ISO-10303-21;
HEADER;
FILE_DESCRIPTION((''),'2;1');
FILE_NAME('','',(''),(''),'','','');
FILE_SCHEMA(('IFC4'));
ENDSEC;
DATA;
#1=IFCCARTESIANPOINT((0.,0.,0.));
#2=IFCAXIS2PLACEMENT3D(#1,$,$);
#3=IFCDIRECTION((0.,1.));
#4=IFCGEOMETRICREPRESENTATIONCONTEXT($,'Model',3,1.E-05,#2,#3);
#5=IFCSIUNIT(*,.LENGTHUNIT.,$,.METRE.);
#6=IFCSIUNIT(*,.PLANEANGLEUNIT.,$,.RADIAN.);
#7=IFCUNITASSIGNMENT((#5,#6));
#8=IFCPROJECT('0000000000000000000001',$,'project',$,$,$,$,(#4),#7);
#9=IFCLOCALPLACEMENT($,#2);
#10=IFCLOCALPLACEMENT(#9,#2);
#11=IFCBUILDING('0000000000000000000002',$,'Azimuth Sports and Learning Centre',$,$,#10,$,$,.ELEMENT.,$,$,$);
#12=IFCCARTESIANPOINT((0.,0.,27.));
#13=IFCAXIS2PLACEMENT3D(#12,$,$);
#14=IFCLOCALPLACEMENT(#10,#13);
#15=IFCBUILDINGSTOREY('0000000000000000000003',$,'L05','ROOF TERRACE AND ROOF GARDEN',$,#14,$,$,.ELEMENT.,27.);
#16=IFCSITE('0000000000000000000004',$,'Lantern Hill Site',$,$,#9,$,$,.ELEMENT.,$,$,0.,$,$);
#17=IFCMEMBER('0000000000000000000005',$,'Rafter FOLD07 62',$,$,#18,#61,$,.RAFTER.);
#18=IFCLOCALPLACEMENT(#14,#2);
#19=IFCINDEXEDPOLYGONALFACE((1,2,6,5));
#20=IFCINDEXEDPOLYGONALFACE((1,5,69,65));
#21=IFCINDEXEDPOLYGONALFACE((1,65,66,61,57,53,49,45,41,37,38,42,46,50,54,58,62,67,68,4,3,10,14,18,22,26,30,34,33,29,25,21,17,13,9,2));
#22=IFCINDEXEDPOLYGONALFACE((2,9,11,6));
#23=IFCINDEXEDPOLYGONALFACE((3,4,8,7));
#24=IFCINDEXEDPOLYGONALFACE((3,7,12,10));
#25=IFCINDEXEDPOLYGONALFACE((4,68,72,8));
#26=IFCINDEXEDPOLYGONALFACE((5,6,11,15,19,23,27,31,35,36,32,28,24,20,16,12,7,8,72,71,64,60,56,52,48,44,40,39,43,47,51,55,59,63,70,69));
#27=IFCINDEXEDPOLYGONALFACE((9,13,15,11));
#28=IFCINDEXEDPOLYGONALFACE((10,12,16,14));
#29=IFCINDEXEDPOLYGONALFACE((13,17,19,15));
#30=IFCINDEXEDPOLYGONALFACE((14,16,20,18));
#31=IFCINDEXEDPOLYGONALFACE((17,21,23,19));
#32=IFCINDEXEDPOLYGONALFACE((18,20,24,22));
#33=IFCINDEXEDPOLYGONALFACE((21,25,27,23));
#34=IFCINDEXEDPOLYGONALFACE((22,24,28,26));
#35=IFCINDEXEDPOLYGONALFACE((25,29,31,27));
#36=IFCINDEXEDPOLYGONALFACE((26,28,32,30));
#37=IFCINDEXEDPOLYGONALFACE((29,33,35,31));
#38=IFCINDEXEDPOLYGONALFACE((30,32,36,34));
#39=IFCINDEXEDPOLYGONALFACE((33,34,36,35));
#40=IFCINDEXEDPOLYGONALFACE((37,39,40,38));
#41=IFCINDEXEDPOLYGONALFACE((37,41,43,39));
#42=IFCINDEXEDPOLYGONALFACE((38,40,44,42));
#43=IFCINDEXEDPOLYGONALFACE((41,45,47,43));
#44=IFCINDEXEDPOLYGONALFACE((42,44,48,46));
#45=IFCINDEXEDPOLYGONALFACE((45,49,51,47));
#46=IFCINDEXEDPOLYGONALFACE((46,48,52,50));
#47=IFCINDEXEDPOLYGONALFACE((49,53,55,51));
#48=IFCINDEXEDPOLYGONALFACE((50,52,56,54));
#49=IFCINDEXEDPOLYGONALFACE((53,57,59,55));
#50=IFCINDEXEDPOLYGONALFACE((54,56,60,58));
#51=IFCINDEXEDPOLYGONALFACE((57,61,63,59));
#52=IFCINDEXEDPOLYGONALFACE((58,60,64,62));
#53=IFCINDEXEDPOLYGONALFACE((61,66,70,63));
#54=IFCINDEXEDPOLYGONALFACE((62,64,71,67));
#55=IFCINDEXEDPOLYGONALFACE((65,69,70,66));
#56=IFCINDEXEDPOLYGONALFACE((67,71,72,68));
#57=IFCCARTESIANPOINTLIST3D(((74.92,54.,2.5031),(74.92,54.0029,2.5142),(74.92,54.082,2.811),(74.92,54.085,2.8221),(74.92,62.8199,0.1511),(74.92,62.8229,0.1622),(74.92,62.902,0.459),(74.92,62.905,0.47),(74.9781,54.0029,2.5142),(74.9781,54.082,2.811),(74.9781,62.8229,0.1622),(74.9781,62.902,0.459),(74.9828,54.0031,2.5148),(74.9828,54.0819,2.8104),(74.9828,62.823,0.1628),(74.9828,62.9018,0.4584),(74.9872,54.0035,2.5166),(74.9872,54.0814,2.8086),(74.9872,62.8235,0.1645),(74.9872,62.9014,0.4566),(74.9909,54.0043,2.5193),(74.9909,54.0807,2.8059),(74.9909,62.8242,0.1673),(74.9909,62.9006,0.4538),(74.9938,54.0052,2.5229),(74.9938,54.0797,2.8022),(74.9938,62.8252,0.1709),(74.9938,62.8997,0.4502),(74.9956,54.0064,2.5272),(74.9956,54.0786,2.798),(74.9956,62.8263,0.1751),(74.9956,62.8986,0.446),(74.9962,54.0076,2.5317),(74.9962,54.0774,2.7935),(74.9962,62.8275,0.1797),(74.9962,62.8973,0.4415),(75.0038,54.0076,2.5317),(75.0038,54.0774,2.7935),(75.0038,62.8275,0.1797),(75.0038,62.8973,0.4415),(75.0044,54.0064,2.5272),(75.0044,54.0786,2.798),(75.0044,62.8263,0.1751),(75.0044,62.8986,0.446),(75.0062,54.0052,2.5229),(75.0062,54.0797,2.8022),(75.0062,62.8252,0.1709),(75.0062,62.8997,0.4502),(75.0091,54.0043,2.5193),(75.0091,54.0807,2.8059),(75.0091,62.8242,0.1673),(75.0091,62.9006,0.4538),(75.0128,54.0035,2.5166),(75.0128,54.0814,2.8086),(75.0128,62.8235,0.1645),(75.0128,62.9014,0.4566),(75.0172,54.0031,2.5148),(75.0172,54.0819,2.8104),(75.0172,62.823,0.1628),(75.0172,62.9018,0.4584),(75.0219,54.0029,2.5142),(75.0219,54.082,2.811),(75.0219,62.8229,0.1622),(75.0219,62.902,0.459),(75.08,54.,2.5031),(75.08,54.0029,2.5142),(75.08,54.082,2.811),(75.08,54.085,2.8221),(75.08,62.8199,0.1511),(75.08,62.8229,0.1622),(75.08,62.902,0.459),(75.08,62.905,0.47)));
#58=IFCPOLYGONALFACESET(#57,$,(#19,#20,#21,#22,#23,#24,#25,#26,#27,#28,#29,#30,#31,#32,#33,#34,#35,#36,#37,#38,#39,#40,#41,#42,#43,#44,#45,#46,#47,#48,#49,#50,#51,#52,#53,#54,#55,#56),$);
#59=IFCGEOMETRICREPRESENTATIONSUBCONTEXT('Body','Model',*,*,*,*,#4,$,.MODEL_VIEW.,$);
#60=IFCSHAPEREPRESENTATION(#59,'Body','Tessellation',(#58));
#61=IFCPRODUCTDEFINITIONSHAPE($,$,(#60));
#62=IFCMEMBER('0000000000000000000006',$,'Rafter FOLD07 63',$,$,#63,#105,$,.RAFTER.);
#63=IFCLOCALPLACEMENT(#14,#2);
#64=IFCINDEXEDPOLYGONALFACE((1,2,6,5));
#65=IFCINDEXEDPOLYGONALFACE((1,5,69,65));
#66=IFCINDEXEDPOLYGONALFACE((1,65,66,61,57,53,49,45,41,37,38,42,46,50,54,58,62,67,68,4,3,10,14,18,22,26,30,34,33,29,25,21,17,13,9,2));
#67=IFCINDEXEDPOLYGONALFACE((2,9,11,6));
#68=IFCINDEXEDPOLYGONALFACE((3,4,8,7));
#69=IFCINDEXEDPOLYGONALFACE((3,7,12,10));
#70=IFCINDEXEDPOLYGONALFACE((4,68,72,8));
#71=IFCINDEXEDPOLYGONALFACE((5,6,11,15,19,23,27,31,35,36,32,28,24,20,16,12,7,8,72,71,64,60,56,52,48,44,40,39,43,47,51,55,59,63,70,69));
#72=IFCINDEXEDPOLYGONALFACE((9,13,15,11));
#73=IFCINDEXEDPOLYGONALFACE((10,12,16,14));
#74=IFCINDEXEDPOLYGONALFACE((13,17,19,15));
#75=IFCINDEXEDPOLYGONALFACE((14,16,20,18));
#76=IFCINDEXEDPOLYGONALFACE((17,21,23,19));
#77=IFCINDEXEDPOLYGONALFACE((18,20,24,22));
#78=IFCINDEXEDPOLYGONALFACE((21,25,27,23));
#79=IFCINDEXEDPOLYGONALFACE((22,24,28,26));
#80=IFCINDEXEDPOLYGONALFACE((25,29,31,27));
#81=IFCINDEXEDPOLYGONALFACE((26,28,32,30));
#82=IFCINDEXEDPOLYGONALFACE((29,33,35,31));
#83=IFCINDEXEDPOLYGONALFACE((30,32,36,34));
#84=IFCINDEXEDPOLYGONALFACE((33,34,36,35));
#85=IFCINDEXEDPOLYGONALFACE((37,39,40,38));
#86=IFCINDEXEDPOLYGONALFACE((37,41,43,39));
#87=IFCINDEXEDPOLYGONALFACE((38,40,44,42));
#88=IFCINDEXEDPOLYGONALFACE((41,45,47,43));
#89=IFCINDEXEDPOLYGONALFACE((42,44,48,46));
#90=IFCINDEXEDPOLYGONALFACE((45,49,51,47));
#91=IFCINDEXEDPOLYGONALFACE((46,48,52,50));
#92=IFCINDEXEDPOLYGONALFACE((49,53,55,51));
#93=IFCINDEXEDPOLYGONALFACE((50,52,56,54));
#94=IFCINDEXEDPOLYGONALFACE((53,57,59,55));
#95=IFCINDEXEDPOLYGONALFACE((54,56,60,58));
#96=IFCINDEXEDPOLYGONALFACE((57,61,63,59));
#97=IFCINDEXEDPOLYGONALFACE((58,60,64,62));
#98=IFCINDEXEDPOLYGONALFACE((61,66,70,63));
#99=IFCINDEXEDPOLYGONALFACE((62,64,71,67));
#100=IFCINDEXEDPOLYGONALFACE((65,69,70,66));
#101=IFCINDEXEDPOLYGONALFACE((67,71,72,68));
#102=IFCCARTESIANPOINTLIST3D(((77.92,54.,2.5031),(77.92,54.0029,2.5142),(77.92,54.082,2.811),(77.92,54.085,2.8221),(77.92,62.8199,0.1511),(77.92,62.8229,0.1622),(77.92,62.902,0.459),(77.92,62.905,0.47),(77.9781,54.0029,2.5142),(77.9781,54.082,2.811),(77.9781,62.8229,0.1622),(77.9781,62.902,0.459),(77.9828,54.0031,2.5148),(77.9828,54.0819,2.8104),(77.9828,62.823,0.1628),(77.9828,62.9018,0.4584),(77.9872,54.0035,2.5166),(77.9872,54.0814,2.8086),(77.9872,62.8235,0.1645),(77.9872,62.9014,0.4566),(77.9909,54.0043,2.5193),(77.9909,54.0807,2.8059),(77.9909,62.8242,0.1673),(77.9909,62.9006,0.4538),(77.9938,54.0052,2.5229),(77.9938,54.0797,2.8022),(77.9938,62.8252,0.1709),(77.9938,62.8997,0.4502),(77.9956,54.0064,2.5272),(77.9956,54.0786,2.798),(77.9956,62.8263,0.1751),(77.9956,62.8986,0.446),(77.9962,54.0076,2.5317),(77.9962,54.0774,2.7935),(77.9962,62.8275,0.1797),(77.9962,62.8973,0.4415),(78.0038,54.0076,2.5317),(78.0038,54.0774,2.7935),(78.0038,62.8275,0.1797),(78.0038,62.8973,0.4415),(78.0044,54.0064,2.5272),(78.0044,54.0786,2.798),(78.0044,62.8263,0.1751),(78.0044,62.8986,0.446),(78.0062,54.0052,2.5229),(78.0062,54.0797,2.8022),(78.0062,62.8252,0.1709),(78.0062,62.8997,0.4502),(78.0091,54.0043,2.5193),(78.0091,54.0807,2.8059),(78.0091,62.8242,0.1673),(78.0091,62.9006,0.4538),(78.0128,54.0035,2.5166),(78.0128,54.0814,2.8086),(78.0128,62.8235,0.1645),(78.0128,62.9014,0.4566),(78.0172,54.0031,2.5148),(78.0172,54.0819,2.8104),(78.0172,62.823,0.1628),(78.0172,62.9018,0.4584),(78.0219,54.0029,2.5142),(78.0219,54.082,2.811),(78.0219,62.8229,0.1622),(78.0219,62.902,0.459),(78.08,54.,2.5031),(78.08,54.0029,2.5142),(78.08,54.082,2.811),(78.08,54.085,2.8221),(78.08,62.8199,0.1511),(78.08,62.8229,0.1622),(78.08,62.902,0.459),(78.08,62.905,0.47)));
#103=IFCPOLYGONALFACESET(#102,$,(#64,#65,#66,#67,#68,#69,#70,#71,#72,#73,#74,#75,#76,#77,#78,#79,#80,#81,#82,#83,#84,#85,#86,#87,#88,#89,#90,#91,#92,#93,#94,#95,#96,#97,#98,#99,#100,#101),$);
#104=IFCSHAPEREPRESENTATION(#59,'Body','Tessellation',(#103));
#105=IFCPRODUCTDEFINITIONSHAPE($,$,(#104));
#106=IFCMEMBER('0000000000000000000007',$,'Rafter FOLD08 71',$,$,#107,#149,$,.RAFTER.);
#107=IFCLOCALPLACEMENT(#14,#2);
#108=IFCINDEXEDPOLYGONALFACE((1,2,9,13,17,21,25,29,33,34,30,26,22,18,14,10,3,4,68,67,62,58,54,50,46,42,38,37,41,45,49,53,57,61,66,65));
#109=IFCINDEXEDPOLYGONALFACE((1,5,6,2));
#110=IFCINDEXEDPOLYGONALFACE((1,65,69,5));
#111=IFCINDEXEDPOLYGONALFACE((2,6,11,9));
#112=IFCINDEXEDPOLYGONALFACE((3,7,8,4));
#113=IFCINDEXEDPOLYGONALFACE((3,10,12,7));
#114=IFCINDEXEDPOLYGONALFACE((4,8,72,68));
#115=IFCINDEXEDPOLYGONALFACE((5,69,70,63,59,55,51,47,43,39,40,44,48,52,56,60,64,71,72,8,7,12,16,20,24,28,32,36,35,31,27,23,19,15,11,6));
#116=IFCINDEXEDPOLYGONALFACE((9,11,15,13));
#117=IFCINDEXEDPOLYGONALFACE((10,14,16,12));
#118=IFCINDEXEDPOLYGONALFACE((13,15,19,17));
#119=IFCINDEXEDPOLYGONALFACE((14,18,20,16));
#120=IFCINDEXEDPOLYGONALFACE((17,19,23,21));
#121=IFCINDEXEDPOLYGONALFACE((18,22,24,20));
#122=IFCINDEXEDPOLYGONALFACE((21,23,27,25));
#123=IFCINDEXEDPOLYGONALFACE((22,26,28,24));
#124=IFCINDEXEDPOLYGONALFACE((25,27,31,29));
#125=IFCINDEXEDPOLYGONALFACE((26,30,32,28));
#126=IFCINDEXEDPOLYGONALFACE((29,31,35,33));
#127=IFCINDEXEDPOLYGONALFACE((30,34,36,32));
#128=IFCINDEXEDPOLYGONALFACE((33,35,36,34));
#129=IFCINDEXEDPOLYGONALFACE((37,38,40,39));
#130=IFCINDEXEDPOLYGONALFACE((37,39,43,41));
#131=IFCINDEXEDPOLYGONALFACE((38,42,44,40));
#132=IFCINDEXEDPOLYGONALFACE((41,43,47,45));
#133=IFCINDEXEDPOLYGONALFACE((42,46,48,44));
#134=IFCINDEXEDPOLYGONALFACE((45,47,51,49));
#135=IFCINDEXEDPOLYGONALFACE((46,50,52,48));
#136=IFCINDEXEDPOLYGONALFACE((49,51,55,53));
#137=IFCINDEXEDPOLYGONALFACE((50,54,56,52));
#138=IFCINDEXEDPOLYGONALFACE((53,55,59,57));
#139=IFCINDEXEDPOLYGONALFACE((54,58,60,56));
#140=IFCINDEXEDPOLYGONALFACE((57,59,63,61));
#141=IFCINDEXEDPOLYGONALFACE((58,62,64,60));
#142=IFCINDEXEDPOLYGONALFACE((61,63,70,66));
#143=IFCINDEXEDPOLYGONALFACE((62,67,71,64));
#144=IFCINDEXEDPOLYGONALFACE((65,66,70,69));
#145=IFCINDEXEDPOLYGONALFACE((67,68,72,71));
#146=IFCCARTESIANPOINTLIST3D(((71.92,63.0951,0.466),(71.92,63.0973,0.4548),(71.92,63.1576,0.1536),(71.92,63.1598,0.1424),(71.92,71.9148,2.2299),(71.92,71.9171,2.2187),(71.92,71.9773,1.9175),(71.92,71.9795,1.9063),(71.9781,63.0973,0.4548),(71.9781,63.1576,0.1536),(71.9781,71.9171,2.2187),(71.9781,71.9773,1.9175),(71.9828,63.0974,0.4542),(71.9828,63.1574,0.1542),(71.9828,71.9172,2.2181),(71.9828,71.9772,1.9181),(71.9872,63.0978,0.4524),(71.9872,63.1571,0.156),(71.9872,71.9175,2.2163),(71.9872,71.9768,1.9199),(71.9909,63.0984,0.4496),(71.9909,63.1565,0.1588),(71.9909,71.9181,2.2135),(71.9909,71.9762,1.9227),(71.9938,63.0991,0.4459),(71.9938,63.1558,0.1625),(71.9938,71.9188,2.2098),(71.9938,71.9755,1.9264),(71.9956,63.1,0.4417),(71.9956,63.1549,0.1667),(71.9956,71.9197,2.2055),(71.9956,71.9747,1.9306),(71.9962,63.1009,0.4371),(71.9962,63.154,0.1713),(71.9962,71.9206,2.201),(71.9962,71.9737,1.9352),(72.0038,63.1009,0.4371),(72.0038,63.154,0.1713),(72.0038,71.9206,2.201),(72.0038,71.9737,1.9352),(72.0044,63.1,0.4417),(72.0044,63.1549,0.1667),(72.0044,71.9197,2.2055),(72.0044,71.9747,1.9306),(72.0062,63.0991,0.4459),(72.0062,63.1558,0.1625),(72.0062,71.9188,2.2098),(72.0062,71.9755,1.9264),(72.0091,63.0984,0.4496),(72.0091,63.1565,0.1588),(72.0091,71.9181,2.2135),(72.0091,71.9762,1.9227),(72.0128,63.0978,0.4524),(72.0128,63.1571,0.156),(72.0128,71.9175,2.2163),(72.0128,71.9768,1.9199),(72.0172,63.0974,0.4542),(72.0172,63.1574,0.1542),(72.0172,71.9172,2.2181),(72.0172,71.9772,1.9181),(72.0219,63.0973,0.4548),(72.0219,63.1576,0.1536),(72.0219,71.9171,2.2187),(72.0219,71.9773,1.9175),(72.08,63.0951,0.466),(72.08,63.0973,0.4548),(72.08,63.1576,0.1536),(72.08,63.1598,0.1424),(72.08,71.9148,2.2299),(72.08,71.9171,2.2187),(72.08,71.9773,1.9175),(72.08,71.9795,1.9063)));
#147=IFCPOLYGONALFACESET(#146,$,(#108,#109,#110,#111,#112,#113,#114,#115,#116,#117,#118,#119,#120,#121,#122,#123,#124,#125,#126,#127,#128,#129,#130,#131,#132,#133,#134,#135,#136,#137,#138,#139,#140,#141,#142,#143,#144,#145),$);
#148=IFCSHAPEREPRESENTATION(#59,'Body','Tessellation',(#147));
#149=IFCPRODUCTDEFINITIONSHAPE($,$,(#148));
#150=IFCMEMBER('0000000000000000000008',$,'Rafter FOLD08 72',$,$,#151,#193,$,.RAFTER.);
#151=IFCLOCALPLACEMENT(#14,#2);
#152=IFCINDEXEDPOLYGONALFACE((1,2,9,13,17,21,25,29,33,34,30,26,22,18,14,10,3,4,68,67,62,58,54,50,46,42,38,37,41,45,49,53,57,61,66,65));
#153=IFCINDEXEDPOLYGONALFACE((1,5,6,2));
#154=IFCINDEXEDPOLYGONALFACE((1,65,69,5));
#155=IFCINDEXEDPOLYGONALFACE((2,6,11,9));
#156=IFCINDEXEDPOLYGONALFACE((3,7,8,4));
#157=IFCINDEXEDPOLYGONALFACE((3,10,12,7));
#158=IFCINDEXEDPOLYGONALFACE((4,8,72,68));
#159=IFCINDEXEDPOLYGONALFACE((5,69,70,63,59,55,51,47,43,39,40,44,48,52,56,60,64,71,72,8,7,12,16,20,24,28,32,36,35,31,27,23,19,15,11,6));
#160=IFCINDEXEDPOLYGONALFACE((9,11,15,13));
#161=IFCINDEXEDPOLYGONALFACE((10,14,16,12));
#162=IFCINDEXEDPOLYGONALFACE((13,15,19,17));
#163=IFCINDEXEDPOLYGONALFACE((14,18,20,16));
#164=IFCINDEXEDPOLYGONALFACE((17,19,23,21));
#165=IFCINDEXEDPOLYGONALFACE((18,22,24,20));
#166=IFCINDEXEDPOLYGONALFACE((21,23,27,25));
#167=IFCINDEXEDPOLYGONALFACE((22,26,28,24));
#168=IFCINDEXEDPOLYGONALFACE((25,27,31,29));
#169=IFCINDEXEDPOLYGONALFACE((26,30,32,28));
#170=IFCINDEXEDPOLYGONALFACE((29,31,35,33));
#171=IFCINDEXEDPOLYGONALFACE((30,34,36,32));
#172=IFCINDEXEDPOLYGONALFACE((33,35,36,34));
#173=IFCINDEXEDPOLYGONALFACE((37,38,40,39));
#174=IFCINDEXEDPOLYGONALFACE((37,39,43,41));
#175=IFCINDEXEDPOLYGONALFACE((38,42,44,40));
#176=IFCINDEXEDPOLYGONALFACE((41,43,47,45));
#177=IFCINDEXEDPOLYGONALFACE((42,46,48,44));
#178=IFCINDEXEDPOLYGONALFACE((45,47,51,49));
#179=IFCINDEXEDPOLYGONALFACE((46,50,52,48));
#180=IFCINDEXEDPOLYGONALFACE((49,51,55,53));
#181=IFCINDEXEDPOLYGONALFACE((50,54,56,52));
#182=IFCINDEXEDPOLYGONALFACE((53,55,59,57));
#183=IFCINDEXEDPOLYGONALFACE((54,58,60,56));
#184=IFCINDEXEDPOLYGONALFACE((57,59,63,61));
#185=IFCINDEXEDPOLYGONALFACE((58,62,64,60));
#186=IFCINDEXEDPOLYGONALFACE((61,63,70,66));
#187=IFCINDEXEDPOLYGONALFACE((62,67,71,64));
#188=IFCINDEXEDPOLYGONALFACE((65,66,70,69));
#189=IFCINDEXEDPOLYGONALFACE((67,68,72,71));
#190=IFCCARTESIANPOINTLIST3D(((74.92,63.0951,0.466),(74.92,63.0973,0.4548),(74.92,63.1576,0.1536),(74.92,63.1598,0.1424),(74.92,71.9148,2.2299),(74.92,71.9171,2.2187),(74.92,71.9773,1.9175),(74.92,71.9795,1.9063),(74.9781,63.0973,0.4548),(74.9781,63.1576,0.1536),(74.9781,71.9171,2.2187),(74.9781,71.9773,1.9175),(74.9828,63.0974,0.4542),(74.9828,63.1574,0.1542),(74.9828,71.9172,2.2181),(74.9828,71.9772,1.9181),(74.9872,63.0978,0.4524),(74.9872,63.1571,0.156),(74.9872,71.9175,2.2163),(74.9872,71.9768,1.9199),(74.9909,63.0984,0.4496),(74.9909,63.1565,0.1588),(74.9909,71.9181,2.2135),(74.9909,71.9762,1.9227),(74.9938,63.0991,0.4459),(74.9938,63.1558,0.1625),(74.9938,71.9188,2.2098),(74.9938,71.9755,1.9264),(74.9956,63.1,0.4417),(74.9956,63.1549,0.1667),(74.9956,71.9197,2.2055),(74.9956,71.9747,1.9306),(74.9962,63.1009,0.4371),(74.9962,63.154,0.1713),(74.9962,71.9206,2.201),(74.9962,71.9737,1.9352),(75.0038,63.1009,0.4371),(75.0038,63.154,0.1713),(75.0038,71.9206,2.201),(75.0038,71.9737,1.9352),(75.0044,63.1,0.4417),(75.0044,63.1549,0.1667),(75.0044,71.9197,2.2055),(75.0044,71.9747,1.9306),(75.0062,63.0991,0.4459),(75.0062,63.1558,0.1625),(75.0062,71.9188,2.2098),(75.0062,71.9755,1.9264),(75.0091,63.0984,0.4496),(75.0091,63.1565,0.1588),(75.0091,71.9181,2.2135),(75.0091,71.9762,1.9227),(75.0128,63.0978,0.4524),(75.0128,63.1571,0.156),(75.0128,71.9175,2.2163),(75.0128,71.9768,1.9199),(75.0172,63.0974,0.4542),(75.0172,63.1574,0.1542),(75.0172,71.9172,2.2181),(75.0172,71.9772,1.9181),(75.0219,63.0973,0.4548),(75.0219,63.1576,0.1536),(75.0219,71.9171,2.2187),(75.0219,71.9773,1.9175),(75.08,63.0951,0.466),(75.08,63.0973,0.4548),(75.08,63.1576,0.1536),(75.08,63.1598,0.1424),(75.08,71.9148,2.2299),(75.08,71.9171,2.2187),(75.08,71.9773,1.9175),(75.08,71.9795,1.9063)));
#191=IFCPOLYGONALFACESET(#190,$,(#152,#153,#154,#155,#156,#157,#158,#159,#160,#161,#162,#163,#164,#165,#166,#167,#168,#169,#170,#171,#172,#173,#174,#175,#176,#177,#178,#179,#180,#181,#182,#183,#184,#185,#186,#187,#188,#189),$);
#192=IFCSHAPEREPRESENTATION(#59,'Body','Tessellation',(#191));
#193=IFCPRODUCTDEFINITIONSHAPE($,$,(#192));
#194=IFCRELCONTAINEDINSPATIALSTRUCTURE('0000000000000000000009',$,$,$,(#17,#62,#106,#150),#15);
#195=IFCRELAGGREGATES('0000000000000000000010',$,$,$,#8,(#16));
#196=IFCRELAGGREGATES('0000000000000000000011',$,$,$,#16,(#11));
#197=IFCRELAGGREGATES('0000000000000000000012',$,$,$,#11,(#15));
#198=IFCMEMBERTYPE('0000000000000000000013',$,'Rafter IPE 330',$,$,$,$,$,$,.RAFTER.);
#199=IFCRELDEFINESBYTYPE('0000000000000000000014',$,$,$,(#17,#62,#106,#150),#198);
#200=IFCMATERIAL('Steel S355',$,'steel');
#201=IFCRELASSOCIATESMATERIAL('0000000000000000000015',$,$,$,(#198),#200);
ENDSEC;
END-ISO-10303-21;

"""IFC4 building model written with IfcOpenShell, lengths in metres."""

from ifc_helpers import new_model, si_unit, direction, frame, origin, origin_2d, place, context, subcontext, project, spatial, i_section, extrude, material, material_profile, profile_set, type_object, element, save


model = new_model("IFC4")

# Units and contexts
model_context = context("Model", 3, precision=1e-05, world=origin(), true_north=direction((0.0, 1.0)))
body_context = subcontext(model_context, "Body", "Model", "MODEL_VIEW")
ifc_project = project(units=[si_unit("LENGTHUNIT", "METRE"), si_unit("PLANEANGLEUNIT", "RADIAN")], contexts=[model_context])

# Site, building, storey
site_placement = place(None, origin())
site = spatial("IfcSite", under=ifc_project, at=site_placement, Name="Lantern Hill Site", CompositionType="ELEMENT", RefElevation=0.0)
building_placement = place(site_placement, origin())
building = spatial("IfcBuilding", under=site, at=building_placement, Name="Azimuth Sports and Learning Centre", CompositionType="ELEMENT")
storey_placement = place(building_placement, frame((0.0, 0.0, 27.0)))
storey = spatial("IfcBuildingStorey", under=building, at=storey_placement, Name="L05", Description="ROOF TERRACE AND ROOF GARDEN", CompositionType="ELEMENT", Elevation=27.0)

# Members
ifc_material_1 = material(Name="Steel S355", Category="steel")
ifc_material_profile_1 = material_profile(ifc_material_1, i_section(OverallWidth=0.1599, OverallDepth=0.3301, WebThickness=0.0076, FlangeThickness=0.0115, FilletRadius=0.0181, at=origin_2d()), Name="IPE 330")
ifc_profile_set_1 = profile_set([ifc_material_profile_1], Name="Steel S355")
member_type_1 = type_object("IfcMemberType", Name="Rafter IPE 330", PredefinedType="RAFTER", material=ifc_profile_set_1)
for number, where, z_axis, x_axis, name in (
    (1, (75.0, 54.0425, 2.6626), (0.0, 0.966234, -0.257666), (-1.0, 0.0, 0.0), "Rafter FOLD07 62"),
    (2, (78.0, 54.0425, 2.6626), (0.0, 0.966234, -0.257666), (-1.0, 0.0, 0.0), "Rafter FOLD07 63"),
):
    element("IfcMember", number, at=place(storey_placement, frame(where, z_axis=z_axis, x_axis=x_axis)), inside=storey, type_object=member_type_1, Name=name, PredefinedType="RAFTER", context=body_context, shape_type="SweptSolid", body=[
        extrude(i_section(OverallWidth=0.1599, OverallDepth=0.3301, WebThickness=0.0076, FlangeThickness=0.0115, FilletRadius=0.0181, at=origin_2d()), origin(), (0.0, 0.0, 1.0), 9.1282),
    ])
for number, where, z_axis, x_axis, name in (
    (3, (72.0, 63.1274, 0.3042), (0.0, 0.980582, 0.196111), (-1.0, 0.0, 0.0), "Rafter FOLD08 71"),
    (4, (75.0, 63.1274, 0.3042), (0.0, 0.980582, 0.196111), (-1.0, 0.0, 0.0), "Rafter FOLD08 72"),
):
    element("IfcMember", number, at=place(storey_placement, frame(where, z_axis=z_axis, x_axis=x_axis)), inside=storey, type_object=member_type_1, Name=name, PredefinedType="RAFTER", context=body_context, shape_type="SweptSolid", body=[
        extrude(i_section(OverallWidth=0.1599, OverallDepth=0.3301, WebThickness=0.0076, FlangeThickness=0.0115, FilletRadius=0.0181, at=origin_2d()), origin(), (0.0, 0.0, 1.0), 8.9944),
    ])

save(model, "model.ifc")
